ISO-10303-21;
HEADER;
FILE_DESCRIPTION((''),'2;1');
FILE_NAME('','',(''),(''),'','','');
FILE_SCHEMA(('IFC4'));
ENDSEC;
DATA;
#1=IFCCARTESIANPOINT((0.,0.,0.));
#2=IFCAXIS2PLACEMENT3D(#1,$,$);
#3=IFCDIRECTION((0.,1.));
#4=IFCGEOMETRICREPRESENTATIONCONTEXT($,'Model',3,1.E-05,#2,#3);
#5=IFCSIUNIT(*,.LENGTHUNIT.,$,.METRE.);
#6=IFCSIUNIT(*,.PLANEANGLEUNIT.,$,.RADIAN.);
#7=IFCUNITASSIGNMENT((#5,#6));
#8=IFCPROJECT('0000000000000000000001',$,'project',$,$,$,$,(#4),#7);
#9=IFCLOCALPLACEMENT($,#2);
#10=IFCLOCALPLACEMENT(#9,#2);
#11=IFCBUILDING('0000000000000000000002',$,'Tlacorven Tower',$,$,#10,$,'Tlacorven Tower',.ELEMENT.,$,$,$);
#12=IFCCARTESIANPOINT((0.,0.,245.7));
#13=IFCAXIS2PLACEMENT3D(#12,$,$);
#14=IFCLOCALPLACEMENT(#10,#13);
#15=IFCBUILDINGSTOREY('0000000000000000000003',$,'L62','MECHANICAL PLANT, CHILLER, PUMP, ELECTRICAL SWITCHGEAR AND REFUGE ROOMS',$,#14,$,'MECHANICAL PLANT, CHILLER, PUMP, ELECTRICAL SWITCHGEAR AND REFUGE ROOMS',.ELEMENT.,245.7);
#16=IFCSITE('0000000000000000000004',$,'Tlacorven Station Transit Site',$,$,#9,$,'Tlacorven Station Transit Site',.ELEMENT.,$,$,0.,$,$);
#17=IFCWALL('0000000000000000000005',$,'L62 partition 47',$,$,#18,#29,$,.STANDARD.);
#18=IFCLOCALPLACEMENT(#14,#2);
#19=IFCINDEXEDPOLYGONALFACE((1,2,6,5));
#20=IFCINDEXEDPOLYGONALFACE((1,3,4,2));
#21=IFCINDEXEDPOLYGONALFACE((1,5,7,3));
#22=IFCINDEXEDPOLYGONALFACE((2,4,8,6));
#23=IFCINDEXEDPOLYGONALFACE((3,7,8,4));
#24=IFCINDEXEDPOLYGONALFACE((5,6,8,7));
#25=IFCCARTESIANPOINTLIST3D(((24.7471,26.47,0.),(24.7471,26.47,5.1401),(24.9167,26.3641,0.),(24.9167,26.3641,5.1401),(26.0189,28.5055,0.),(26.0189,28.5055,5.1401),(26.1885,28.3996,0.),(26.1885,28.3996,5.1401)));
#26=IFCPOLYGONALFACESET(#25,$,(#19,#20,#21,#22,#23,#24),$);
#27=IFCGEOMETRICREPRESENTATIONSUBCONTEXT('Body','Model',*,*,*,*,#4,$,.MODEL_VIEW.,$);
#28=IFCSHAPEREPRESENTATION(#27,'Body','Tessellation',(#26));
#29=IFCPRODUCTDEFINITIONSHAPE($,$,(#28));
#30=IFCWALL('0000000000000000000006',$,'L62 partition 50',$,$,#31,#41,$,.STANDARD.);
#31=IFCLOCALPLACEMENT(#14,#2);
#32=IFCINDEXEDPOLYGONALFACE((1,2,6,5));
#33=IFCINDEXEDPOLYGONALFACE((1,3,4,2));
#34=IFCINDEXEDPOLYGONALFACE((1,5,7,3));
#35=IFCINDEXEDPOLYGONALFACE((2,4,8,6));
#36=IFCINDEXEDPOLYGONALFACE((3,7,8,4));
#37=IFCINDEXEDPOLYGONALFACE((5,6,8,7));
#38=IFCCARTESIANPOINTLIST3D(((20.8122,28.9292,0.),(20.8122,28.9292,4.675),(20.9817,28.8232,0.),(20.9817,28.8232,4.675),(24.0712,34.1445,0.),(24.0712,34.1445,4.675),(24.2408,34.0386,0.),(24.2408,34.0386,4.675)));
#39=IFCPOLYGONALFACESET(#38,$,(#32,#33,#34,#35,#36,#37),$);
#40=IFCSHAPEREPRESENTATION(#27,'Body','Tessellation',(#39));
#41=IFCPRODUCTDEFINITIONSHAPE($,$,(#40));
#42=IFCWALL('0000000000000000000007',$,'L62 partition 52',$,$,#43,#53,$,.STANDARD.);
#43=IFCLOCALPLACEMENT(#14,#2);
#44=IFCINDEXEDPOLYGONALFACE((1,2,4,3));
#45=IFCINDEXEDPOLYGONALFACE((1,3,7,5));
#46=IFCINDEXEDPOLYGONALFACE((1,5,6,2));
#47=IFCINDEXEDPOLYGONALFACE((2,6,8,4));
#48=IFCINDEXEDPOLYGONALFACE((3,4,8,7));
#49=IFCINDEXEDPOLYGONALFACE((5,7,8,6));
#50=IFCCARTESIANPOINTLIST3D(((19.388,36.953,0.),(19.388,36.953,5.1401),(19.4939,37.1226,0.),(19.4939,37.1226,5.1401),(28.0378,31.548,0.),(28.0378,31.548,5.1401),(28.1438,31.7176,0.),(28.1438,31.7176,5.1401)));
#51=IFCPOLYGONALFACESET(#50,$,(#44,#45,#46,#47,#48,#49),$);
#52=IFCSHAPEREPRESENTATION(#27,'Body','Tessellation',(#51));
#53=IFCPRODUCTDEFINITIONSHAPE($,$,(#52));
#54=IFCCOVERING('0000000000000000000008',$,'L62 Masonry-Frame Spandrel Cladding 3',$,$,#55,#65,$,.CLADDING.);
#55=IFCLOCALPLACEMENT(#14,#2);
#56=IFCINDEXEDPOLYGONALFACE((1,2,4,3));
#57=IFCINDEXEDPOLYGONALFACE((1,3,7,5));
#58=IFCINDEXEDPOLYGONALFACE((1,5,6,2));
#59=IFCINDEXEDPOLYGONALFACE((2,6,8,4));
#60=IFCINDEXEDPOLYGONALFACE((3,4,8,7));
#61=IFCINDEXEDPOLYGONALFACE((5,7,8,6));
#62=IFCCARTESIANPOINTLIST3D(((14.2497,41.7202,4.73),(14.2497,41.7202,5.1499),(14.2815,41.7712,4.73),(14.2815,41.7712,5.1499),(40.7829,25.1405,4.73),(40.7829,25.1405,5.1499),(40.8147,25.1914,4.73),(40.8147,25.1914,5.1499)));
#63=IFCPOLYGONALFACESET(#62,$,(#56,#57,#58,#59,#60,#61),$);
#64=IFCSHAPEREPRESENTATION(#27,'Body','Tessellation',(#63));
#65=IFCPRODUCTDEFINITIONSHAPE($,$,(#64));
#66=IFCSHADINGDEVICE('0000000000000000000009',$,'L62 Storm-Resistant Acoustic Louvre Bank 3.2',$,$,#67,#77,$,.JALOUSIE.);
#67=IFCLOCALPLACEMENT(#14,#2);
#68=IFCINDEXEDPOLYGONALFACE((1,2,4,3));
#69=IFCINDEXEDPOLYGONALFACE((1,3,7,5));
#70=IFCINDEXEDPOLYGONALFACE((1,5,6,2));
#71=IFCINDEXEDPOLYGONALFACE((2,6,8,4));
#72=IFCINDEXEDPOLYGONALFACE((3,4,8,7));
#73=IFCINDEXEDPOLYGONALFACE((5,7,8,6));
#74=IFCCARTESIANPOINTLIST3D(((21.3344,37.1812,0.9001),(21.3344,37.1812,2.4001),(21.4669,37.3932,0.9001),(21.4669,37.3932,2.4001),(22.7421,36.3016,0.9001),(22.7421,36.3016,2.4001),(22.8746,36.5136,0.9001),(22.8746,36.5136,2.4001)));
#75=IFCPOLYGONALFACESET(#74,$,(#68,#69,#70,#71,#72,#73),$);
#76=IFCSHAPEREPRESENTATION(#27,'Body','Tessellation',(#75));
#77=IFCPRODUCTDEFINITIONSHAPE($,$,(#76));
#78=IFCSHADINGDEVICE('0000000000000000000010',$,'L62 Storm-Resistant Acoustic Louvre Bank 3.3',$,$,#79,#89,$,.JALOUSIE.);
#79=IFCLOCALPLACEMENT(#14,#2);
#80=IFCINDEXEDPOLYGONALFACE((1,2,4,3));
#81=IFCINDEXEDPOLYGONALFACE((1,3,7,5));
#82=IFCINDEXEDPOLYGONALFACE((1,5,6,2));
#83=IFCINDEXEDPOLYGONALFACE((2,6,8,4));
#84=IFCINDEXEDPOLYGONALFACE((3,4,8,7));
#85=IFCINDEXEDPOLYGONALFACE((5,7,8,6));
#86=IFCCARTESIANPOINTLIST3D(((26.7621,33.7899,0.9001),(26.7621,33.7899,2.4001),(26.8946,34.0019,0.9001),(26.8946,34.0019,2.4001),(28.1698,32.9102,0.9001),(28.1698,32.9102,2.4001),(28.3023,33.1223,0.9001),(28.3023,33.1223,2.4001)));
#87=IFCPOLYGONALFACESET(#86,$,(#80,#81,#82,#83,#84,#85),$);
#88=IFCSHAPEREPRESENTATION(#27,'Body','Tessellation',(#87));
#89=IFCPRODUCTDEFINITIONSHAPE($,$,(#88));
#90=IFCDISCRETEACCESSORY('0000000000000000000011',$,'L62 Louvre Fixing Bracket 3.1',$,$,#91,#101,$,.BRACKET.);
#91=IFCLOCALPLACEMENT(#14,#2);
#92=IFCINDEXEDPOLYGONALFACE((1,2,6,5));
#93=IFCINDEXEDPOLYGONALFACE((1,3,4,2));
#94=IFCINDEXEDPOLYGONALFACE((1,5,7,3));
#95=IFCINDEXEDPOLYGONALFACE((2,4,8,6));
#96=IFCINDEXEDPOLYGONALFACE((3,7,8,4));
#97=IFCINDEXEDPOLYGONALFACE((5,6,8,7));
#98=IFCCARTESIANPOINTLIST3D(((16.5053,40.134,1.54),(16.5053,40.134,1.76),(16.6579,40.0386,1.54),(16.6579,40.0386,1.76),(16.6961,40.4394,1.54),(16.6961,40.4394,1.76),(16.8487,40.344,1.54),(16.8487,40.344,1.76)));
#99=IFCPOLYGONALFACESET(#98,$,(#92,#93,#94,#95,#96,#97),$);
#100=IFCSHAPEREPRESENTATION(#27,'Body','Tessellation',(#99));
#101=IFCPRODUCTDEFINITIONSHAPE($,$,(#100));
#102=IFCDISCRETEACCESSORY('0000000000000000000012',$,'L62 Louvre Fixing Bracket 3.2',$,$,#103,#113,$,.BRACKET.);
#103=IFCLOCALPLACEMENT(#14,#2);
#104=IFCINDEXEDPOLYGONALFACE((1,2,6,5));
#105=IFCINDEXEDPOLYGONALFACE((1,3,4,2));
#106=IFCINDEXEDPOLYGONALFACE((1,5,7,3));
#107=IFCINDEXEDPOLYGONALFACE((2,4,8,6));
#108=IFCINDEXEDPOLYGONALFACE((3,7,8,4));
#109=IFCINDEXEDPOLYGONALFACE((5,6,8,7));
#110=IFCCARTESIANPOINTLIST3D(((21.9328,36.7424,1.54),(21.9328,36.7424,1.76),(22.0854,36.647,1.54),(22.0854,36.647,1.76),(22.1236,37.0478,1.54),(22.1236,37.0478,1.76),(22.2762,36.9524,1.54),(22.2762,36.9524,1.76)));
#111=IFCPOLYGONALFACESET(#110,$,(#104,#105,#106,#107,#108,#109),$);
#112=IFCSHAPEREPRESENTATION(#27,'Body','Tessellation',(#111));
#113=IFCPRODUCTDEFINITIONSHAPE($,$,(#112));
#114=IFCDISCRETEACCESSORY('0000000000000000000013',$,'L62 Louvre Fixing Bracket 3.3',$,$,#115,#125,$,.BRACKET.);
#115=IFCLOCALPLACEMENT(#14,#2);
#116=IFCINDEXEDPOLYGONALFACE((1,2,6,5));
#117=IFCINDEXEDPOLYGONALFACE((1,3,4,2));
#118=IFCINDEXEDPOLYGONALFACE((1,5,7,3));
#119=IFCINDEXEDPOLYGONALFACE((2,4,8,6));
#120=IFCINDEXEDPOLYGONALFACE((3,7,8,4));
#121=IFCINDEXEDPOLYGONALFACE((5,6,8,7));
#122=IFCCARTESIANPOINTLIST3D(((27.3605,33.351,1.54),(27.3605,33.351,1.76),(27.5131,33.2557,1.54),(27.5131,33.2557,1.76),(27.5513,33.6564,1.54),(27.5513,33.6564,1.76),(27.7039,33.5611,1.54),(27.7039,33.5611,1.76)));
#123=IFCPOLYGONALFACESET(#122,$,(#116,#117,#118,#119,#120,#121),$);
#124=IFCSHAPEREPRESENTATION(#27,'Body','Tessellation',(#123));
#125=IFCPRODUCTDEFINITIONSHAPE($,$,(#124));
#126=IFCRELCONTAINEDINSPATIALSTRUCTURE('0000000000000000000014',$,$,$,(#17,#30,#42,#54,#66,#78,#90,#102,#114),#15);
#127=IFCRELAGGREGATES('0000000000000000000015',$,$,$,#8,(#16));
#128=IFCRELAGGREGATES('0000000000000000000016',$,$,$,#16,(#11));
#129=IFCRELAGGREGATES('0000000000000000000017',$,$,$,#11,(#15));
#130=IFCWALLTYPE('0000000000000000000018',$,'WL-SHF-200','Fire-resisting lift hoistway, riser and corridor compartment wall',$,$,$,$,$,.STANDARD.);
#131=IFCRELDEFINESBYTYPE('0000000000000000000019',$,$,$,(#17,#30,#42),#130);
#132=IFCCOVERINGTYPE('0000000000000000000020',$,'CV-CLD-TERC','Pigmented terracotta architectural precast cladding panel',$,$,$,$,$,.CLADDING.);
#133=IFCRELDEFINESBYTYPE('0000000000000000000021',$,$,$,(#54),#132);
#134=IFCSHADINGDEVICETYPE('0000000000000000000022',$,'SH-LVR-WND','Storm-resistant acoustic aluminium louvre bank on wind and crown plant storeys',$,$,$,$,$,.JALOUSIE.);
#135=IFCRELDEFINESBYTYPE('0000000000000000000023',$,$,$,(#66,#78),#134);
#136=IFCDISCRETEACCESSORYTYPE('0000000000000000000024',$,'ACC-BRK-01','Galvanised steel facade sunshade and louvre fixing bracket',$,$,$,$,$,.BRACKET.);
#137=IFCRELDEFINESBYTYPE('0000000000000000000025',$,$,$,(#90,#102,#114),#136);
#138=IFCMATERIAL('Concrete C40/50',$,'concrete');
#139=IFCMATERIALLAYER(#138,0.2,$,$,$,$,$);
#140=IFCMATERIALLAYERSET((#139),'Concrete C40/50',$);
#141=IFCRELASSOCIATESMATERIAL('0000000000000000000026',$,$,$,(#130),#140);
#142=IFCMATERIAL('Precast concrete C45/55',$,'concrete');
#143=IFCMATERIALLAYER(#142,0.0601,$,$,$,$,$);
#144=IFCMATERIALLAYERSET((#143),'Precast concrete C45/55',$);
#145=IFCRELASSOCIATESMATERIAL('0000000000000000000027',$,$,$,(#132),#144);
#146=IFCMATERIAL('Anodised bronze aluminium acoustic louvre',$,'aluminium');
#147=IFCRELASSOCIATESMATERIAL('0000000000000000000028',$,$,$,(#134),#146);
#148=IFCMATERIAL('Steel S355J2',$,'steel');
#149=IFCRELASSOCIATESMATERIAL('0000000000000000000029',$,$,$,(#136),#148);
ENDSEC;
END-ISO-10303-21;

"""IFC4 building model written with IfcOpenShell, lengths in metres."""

from ifc_helpers import new_model, si_unit, direction, frame, frame_2d, origin, origin_2d, place, context, subcontext, project, spatial, rectangle, extrude, source, transform, mapped, material, layer, layer_set, type_object, element, save


model = new_model("IFC4")

# Units and contexts
model_context = context("Model", 3, precision=1e-05, world=origin(), true_north=direction((0.0, 1.0)))
body_context = subcontext(model_context, "Body", "Model", "MODEL_VIEW")
ifc_project = project(units=[si_unit("LENGTHUNIT", "METRE"), si_unit("PLANEANGLEUNIT", "RADIAN")], contexts=[model_context])

# Site, building, storey
site_placement = place(None, origin())
site = spatial("IfcSite", under=ifc_project, at=site_placement, Name="Tlacorven Station Transit Site", LongName="Tlacorven Station Transit Site", CompositionType="ELEMENT", RefElevation=0.0)
building_placement = place(site_placement, origin())
building = spatial("IfcBuilding", under=site, at=building_placement, Name="Tlacorven Tower", LongName="Tlacorven Tower", CompositionType="ELEMENT")
storey_placement = place(building_placement, frame((0.0, 0.0, 245.7)))
storey = spatial("IfcBuildingStorey", under=building, at=storey_placement, Name="L62", Description="MECHANICAL PLANT, CHILLER, PUMP, ELECTRICAL SWITCHGEAR AND REFUGE ROOMS", LongName="MECHANICAL PLANT, CHILLER, PUMP, ELECTRICAL SWITCHGEAR AND REFUGE ROOMS", CompositionType="ELEMENT", Elevation=245.7)

# Shared definitions
ifc_material_1 = material(Name="Steel S355J2", Category="steel")

# Walls
ifc_material_2 = material(Name="Concrete C40/50", Category="concrete")
ifc_layer_1 = layer(ifc_material_2, 0.2)
ifc_layer_set_1 = layer_set([ifc_layer_1], Name="Concrete C40/50")
wall_type_1 = type_object("IfcWallType", Name="WL-SHF-200", Description="Fire-resisting lift hoistway, riser and corridor compartment wall", PredefinedType="STANDARD", material=ifc_layer_set_1)
wall_1_placement = place(storey_placement, frame((26.1038, 28.4526, 0.0), z_axis=(0.0, 0.0, 1.0), x_axis=(-0.52988, -0.848073, 0.0)))
element("IfcWall", 1, at=wall_1_placement, inside=storey, type_object=wall_type_1, Name="L62 partition 47", PredefinedType="STANDARD", context=body_context, shape_type="SweptSolid", body=[
    extrude(rectangle(XDim=2.4001, YDim=0.2, at=frame_2d((1.2002, 0.0))), origin(), (0.0, 0.0, 1.0), 5.1401),
])
wall_2_placement = place(storey_placement, frame((24.156, 34.0916, 0.0), z_axis=(0.0, 0.0, 1.0), x_axis=(-0.529935, -0.848038, 0.0)))
element("IfcWall", 2, at=wall_2_placement, inside=storey, type_object=wall_type_1, Name="L62 partition 50", PredefinedType="STANDARD", context=body_context, shape_type="SweptSolid", body=[
    extrude(rectangle(XDim=6.1499, YDim=0.2, at=frame_2d((3.075, 0.0))), origin(), (0.0, 0.0, 1.0), 4.675),
])
wall_3_placement = place(storey_placement, frame((28.0908, 31.6328, 0.0), z_axis=(0.0, 0.0, 1.0), x_axis=(-0.848049, 0.529917, 0.0)))
element("IfcWall", 3, at=wall_3_placement, inside=storey, type_object=wall_type_1, Name="L62 partition 52", PredefinedType="STANDARD", context=body_context, shape_type="SweptSolid", body=[
    extrude(rectangle(XDim=10.1997, YDim=0.2, at=frame_2d((5.0999, 0.0))), origin(), (0.0, 0.0, 1.0), 5.1401),
])

# Covering
ifc_material_3 = material(Name="Precast concrete C45/55", Category="concrete")
ifc_layer_2 = layer(ifc_material_3, 0.0601)
ifc_layer_set_2 = layer_set([ifc_layer_2], Name="Precast concrete C45/55")
covering_type = type_object("IfcCoveringType", Name="CV-CLD-TERC", Description="Pigmented terracotta architectural precast cladding panel", PredefinedType="CLADDING", material=ifc_layer_set_2)
shared_shape_1 = source(origin(), body_context, "Body", "SweptSolid", [
    extrude(rectangle(XDim=31.2874, YDim=0.0601, at=origin_2d()), origin(), (0.0, 0.0, 1.0), 0.4199),
])
covering_placement = place(storey_placement, frame((27.5322, 33.4558, 4.73), z_axis=(0.0, 0.0, 1.0), x_axis=(0.848048, -0.529919, 0.0)))
element("IfcCovering", 4, at=covering_placement, inside=storey, type_object=covering_type, Name="L62 Masonry-Frame Spandrel Cladding 3", PredefinedType="CLADDING", context=body_context, shape_type="MappedRepresentation", body=[
    mapped(shared_shape_1, transform((0.0, 0.0, 0.0), scale=1.0)),
])

# Shading devices
ifc_material_4 = material(Name="Anodised bronze aluminium acoustic louvre", Category="aluminium")
shading_device_type = type_object("IfcShadingDeviceType", Name="SH-LVR-WND", Description="Storm-resistant acoustic aluminium louvre bank on wind and crown plant storeys", PredefinedType="JALOUSIE", material=ifc_material_4)
shared_shape_2 = source(origin(), body_context, "Body", "SweptSolid", [
    extrude(rectangle(XDim=1.6599, YDim=0.25, at=origin_2d()), origin(), (0.0, 0.0, 1.0), 1.5),
])
for number, where, z_axis, x_axis, name in (
    (5, (22.1045, 36.8474, 0.9001), (0.0, 0.0, 1.0), (0.848048, -0.529919, 0.0), "L62 Storm-Resistant Acoustic Louvre Bank 3.2"),
    (6, (27.5322, 33.4561, 0.9001), (0.0, 0.0, 1.0), (0.848048, -0.529919, 0.0), "L62 Storm-Resistant Acoustic Louvre Bank 3.3"),
):
    element("IfcShadingDevice", number, at=place(storey_placement, frame(where, z_axis=z_axis, x_axis=x_axis)), inside=storey, type_object=shading_device_type, Name=name, PredefinedType="JALOUSIE", context=body_context, shape_type="MappedRepresentation", body=[
        mapped(shared_shape_2, transform((0.0, 0.0, 0.0), scale=1.0)),
    ])

# Discrete accessories
discrete_accessory_type = type_object("IfcDiscreteAccessoryType", Name="ACC-BRK-01", Description="Galvanised steel facade sunshade and louvre fixing bracket", PredefinedType="BRACKET", material=ifc_material_1)
shared_shape_3 = source(origin(), body_context, "Body", "SweptSolid", [
    extrude(rectangle(XDim=0.1799, YDim=0.3601, at=origin_2d()), origin(), (0.0, 0.0, 1.0), 0.22),
])
for number, where, z_axis, x_axis, name in (
    (7, (16.677, 40.239, 1.54), (0.0, 0.0, 1.0), (0.848048, -0.529919, 0.0), "L62 Louvre Fixing Bracket 3.1"),
    (8, (22.1045, 36.8474, 1.54), (0.0, 0.0, 1.0), (0.848048, -0.529919, 0.0), "L62 Louvre Fixing Bracket 3.2"),
    (9, (27.5322, 33.4561, 1.54), (0.0, 0.0, 1.0), (0.848048, -0.529919, 0.0), "L62 Louvre Fixing Bracket 3.3"),
):
    element("IfcDiscreteAccessory", number, at=place(storey_placement, frame(where, z_axis=z_axis, x_axis=x_axis)), inside=storey, type_object=discrete_accessory_type, Name=name, PredefinedType="BRACKET", context=body_context, shape_type="MappedRepresentation", body=[
        mapped(shared_shape_3, transform((0.0, 0.0, 0.0), scale=1.0)),
    ])

save(model, "model.ifc")
